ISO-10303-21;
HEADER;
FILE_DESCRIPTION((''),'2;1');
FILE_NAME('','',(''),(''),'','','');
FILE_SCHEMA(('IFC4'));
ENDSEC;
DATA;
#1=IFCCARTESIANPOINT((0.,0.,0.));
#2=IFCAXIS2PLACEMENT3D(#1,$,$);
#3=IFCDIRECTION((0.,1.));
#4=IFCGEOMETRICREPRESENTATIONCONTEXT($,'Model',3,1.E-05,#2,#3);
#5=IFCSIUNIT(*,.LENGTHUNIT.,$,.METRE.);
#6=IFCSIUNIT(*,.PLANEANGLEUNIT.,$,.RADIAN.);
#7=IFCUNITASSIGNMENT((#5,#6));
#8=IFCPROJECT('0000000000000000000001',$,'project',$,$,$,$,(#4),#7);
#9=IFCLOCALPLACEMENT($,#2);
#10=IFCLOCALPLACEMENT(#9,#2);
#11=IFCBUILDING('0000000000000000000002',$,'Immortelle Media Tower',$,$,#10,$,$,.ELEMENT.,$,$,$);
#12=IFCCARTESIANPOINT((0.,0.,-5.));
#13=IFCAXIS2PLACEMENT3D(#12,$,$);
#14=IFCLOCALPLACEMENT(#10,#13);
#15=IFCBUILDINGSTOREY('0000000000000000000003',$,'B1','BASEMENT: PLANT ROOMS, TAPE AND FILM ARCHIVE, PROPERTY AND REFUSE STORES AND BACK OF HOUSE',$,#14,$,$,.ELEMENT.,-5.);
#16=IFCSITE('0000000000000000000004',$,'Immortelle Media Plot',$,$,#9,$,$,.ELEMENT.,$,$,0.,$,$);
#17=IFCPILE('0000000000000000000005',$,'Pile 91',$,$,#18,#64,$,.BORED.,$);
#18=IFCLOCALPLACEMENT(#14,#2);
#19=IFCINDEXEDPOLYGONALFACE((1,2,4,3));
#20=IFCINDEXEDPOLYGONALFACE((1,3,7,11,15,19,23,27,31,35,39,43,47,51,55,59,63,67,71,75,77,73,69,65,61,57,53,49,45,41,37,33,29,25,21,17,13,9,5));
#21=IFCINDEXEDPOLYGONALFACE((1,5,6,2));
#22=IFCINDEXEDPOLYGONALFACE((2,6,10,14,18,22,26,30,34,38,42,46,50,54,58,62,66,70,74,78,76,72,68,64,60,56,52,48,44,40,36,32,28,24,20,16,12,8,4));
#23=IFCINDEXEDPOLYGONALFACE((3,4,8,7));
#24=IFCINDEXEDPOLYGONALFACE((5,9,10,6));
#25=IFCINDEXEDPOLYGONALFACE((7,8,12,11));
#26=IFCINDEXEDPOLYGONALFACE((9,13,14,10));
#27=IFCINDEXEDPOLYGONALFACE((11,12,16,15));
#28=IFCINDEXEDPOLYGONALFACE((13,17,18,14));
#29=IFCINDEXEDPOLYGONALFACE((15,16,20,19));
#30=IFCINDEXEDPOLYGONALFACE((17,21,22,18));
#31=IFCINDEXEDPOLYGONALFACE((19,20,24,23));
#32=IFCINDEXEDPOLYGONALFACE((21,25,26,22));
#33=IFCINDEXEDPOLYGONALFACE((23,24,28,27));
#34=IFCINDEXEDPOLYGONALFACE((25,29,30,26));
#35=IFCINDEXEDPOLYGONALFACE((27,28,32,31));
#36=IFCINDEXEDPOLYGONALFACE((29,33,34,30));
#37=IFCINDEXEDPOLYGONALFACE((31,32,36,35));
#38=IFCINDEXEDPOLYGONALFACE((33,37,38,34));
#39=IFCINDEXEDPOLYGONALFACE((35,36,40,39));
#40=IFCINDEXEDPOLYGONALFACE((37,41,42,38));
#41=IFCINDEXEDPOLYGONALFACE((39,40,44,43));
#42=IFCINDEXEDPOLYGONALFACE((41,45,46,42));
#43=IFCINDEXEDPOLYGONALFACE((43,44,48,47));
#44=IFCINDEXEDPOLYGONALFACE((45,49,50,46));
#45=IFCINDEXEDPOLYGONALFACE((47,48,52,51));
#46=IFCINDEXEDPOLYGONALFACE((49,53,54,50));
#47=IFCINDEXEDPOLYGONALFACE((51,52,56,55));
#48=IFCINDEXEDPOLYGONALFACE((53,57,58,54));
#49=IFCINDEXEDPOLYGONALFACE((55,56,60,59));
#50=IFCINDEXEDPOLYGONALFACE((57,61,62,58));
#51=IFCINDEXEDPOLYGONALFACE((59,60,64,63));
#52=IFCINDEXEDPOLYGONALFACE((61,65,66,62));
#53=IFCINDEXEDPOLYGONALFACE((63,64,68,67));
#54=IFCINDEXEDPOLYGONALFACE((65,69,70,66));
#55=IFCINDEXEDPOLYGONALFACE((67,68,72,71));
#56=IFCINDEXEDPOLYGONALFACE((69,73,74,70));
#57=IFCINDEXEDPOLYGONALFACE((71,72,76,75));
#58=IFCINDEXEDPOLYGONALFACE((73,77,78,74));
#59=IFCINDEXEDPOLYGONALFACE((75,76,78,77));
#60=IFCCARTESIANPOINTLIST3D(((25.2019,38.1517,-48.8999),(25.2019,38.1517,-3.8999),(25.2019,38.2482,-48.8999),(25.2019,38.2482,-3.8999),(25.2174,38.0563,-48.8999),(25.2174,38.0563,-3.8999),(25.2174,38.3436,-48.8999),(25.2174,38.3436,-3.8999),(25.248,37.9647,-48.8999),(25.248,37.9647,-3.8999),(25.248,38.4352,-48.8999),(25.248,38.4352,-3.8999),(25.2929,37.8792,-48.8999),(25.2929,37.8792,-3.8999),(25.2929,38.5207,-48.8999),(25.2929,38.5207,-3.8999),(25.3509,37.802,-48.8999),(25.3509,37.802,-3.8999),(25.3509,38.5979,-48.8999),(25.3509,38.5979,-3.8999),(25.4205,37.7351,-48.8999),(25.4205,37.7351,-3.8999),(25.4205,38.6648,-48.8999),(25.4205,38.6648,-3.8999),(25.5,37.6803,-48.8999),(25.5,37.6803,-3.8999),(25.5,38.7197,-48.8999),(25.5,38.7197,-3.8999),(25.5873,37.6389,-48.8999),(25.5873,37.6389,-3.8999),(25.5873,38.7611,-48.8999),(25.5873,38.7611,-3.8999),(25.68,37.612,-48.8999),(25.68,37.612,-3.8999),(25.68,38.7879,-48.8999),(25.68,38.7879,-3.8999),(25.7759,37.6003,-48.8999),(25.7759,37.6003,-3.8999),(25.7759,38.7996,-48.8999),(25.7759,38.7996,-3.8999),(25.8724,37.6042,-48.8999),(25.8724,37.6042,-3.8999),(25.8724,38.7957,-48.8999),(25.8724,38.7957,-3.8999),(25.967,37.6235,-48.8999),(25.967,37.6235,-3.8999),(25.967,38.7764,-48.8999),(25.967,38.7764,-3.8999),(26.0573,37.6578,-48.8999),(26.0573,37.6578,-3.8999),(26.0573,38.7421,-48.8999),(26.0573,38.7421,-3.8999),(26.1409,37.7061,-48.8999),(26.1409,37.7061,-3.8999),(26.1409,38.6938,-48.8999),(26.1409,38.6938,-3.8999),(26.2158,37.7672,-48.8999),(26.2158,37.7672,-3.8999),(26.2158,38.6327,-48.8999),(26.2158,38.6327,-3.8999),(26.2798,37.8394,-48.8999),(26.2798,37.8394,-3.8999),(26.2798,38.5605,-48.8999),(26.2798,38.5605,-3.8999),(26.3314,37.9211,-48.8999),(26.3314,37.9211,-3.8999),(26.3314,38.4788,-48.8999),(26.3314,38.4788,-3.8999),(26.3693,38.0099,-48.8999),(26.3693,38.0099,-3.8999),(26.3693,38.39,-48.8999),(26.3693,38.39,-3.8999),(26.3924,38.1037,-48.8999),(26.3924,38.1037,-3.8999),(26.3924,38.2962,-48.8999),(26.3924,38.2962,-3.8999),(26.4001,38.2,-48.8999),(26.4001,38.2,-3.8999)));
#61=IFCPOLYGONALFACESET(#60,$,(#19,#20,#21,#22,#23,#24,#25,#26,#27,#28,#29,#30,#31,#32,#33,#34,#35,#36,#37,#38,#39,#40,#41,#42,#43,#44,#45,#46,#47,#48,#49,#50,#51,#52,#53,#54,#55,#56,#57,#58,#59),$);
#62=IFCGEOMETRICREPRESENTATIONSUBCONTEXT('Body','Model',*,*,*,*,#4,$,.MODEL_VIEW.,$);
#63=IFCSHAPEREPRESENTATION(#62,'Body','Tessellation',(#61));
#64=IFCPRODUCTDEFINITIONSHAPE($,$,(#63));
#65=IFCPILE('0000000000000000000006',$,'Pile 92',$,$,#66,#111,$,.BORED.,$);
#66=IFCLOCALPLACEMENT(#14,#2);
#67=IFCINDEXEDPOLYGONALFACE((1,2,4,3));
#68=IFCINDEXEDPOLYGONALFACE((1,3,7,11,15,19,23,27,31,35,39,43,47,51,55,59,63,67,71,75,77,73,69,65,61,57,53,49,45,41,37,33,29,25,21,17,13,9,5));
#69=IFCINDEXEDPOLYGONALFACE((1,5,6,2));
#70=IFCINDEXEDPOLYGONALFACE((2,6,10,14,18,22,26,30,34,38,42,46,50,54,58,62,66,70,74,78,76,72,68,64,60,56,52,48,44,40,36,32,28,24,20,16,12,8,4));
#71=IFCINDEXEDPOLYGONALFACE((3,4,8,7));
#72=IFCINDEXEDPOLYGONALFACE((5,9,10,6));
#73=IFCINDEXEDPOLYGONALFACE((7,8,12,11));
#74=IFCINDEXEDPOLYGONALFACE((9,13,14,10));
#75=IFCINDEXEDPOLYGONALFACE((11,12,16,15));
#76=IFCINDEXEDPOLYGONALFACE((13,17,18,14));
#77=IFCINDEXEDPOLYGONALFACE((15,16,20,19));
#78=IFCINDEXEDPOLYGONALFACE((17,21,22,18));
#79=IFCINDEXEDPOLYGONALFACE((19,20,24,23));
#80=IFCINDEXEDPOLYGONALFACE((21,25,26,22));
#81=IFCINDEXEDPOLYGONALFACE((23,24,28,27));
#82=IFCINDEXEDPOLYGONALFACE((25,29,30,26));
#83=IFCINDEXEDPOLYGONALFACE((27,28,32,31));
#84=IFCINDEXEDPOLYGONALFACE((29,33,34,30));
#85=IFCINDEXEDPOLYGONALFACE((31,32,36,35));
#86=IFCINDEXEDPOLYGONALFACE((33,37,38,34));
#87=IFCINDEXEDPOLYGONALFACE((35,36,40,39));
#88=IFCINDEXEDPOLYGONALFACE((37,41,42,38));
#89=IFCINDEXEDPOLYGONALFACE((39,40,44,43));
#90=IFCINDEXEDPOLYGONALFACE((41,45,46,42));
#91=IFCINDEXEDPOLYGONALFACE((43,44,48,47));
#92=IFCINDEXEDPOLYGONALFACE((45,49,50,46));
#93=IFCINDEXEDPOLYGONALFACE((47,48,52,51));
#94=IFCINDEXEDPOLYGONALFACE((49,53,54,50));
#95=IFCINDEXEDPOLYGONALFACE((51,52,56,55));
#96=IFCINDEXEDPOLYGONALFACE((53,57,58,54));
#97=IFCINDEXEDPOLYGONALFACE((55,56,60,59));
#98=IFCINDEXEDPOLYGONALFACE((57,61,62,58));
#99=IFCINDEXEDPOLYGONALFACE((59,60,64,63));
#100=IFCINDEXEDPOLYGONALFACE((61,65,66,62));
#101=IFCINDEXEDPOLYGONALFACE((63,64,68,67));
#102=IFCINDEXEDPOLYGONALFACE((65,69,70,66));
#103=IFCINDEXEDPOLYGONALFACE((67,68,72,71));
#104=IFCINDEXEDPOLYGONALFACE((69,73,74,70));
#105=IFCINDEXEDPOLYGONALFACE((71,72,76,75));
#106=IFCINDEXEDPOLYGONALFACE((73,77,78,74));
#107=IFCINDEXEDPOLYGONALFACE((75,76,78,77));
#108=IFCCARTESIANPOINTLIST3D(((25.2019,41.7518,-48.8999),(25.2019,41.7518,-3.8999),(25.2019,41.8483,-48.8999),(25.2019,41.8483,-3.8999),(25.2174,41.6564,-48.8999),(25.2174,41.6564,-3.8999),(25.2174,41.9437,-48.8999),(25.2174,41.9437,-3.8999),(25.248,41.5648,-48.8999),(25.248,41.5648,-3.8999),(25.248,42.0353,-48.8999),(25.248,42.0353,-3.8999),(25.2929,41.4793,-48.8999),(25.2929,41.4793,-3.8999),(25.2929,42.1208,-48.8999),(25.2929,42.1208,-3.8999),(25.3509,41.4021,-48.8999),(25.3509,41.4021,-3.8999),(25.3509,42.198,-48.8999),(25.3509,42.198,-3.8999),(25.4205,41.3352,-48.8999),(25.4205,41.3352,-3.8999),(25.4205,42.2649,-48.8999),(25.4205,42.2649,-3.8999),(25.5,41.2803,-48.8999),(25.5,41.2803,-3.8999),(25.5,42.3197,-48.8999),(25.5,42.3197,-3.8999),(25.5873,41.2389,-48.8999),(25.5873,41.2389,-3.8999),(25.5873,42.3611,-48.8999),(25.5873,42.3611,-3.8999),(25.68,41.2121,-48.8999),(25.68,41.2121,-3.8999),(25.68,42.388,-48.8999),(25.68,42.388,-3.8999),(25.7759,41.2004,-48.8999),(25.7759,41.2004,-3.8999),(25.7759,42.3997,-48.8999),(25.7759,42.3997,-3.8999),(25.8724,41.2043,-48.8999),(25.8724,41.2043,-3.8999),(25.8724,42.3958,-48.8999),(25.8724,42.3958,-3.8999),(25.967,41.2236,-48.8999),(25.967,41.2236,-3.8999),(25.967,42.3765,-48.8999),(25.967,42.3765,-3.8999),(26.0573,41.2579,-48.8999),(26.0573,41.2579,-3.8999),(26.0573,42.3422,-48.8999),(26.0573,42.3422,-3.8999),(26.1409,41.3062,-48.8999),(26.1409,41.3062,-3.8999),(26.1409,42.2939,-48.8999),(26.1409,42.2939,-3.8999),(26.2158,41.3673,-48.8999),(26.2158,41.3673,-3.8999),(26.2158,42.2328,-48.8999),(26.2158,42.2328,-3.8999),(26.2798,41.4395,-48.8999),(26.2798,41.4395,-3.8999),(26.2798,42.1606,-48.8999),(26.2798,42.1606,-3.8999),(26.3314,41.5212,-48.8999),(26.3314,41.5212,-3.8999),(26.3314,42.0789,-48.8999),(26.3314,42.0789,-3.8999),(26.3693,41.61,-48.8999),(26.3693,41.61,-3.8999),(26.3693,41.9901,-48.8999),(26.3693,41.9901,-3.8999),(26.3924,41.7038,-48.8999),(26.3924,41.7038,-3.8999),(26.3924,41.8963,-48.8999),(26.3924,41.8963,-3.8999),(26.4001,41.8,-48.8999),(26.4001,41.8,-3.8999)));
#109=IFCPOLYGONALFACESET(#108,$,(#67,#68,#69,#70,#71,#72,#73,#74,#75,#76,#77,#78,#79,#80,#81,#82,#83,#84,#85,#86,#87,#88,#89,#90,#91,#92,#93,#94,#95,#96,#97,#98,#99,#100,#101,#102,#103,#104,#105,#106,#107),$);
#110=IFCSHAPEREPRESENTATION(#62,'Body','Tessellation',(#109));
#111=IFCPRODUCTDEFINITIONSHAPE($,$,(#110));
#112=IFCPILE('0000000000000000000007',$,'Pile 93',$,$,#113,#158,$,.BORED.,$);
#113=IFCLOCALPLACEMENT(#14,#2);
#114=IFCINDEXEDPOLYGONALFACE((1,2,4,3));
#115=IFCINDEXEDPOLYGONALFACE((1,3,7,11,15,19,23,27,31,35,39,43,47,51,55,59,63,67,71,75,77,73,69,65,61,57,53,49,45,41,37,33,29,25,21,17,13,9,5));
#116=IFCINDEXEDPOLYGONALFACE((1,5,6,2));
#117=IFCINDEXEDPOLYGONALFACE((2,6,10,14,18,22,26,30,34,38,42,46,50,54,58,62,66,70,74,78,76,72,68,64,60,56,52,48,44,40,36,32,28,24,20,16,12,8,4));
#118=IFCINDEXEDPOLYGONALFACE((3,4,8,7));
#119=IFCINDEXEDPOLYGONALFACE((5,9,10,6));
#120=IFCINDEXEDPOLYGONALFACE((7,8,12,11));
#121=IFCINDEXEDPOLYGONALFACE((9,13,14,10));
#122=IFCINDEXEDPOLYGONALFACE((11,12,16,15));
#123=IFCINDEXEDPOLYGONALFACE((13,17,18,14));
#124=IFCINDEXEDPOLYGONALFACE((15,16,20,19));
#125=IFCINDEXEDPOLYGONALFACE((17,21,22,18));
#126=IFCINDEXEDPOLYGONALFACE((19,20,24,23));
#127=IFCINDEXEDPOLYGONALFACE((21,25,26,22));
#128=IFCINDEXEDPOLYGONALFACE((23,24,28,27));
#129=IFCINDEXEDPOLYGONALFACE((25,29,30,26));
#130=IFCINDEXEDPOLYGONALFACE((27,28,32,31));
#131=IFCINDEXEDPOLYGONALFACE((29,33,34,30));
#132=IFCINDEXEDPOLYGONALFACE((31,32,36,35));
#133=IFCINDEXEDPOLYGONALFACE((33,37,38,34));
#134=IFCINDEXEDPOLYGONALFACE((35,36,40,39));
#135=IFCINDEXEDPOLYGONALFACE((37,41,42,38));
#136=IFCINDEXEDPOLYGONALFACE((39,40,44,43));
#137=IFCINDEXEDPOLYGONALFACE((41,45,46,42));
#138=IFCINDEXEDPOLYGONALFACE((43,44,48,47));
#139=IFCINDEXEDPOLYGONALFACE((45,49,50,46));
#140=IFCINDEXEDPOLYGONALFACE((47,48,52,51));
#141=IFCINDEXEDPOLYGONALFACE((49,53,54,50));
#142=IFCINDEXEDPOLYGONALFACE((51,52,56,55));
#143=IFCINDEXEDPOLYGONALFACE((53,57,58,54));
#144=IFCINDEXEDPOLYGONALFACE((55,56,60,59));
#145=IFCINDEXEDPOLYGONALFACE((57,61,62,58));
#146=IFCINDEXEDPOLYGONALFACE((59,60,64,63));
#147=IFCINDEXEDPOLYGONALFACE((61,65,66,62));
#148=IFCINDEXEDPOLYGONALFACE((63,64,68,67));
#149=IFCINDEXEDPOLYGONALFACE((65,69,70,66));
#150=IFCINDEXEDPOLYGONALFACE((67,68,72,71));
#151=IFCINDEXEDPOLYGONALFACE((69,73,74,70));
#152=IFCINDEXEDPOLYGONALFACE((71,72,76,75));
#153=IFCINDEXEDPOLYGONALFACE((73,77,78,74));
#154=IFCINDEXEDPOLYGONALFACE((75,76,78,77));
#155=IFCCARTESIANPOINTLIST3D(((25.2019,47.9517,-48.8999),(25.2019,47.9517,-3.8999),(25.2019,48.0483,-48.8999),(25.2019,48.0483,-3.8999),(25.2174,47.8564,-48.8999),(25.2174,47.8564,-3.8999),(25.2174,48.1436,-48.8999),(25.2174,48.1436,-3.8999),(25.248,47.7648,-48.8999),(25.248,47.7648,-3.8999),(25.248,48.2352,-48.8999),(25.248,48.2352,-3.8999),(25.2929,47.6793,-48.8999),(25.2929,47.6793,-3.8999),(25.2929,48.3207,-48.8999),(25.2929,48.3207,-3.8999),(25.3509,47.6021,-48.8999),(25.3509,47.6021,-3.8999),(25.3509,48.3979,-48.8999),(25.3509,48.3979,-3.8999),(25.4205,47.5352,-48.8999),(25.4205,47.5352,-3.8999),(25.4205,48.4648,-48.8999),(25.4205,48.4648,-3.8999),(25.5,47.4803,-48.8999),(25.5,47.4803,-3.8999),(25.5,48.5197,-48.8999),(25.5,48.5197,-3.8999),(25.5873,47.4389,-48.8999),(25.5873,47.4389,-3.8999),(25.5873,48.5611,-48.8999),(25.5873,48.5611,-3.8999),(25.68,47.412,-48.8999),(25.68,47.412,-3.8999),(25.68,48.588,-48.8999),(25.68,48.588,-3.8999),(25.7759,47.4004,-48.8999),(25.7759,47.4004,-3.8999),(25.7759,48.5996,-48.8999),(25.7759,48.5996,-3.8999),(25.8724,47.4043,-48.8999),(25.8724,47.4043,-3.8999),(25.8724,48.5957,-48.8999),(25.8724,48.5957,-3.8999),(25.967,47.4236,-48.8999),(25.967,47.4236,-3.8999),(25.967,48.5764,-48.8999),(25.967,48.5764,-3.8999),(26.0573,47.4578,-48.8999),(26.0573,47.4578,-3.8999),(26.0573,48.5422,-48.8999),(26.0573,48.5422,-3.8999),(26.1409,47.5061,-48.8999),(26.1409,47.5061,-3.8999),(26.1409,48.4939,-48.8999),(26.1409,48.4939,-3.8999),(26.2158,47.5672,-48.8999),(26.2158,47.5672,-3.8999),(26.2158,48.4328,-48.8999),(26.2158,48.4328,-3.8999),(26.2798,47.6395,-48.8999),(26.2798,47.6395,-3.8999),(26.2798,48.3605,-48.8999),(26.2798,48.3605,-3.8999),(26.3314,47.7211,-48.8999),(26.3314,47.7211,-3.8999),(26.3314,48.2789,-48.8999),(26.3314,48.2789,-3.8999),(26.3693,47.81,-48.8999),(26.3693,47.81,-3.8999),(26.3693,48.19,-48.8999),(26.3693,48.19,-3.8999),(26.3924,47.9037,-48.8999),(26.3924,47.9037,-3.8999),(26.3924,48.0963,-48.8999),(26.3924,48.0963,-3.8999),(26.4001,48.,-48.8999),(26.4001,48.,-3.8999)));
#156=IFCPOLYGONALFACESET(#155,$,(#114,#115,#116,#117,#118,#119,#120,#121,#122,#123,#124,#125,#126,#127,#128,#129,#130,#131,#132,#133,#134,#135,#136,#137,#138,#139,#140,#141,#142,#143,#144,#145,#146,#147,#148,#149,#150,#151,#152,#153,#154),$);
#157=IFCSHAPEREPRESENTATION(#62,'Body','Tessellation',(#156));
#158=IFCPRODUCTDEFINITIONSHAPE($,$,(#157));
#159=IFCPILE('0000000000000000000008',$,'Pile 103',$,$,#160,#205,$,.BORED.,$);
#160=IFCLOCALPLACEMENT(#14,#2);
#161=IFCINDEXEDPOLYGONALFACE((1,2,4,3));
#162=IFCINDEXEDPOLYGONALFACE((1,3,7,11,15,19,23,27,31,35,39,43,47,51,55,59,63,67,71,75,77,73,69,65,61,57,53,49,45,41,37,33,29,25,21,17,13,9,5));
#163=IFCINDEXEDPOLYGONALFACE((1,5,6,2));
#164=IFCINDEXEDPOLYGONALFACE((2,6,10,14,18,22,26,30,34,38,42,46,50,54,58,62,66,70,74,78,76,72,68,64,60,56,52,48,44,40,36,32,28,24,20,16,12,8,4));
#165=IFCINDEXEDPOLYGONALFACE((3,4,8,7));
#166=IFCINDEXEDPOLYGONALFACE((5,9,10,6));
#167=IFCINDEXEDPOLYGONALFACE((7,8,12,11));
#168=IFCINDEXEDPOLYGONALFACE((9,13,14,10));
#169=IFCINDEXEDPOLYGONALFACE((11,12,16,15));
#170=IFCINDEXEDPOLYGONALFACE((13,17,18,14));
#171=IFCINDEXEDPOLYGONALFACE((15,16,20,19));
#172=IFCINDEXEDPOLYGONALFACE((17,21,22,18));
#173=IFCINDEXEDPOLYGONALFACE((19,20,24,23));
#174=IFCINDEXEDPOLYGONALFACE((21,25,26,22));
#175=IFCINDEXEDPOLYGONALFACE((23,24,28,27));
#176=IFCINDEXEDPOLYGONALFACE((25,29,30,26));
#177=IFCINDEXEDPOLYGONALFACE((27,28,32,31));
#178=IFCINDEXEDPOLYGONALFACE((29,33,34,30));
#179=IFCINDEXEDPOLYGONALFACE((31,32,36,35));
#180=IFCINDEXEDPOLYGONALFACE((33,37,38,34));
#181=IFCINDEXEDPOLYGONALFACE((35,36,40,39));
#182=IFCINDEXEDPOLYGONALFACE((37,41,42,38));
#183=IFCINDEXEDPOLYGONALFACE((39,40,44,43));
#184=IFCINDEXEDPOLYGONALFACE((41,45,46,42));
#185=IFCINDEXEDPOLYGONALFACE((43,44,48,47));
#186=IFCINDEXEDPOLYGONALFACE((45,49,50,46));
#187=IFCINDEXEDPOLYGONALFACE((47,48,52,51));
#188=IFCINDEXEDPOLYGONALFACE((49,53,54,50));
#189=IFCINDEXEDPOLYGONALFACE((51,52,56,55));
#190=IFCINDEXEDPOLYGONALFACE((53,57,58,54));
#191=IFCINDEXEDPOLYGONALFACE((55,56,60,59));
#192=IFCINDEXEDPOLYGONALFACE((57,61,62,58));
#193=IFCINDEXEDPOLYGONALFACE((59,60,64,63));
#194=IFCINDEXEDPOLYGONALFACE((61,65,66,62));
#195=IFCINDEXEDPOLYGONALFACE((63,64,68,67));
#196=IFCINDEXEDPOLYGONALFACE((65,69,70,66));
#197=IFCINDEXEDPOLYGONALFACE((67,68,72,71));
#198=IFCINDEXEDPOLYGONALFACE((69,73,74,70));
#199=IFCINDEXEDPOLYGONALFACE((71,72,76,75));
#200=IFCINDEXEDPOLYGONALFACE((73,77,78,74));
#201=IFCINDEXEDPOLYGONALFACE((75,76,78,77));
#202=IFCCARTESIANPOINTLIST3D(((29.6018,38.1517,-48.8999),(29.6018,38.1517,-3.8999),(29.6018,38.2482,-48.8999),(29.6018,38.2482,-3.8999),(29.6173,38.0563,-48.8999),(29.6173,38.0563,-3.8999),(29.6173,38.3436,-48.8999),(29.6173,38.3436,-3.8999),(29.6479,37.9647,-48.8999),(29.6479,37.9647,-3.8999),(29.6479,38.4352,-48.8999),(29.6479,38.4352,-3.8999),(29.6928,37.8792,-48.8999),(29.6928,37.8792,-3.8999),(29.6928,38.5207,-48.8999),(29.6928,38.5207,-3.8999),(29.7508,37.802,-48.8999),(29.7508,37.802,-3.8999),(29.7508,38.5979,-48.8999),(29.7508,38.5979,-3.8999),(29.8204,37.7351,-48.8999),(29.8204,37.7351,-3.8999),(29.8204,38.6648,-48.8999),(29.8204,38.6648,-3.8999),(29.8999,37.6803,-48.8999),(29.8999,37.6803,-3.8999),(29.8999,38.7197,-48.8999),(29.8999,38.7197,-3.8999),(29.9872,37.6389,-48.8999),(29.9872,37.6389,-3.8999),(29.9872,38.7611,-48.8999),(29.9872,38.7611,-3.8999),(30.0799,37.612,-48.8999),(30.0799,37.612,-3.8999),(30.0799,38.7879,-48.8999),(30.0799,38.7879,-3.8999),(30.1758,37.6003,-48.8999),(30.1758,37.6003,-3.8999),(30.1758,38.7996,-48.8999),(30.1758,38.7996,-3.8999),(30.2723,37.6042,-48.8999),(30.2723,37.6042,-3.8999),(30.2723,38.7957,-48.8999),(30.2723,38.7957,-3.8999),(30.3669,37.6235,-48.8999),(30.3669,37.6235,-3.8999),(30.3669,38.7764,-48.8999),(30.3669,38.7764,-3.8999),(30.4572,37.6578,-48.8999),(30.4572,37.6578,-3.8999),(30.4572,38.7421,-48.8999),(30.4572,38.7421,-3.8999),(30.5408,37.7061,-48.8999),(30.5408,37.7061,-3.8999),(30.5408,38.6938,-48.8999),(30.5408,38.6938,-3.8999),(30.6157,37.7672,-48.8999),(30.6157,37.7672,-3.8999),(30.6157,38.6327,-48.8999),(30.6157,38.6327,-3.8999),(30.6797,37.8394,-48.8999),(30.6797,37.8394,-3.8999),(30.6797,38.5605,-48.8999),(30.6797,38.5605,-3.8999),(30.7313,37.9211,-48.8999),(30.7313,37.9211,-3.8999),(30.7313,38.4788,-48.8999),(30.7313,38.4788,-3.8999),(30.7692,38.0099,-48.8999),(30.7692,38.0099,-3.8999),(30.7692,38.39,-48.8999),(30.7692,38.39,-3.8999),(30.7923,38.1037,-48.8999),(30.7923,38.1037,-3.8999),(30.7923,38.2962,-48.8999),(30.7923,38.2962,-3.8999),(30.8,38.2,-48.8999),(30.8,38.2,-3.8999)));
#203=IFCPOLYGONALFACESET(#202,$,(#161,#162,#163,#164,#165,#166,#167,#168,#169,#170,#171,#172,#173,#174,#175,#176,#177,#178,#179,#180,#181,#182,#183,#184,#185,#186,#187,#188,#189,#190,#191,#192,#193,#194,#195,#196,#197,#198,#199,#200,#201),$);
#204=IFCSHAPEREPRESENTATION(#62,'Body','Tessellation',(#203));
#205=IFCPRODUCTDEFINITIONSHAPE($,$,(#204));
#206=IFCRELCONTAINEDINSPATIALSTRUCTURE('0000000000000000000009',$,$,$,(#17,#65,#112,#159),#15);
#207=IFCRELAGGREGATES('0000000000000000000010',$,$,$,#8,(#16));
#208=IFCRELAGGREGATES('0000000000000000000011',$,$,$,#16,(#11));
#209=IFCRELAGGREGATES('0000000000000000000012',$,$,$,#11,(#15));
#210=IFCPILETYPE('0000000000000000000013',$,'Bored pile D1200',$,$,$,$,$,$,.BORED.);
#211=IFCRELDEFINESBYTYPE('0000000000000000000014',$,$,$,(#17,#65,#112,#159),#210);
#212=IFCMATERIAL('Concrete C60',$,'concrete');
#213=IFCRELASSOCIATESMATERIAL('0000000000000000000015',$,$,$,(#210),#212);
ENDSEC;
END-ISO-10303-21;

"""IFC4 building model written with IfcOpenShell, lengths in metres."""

from ifc_helpers import new_model, si_unit, direction, frame, origin, origin_2d, place, context, subcontext, project, spatial, circle, extrude, material, material_profile, profile_set, type_object, element, save


model = new_model("IFC4")

# Units and contexts
model_context = context("Model", 3, precision=1e-05, world=origin(), true_north=direction((0.0, 1.0)))
body_context = subcontext(model_context, "Body", "Model", "MODEL_VIEW")
ifc_project = project(units=[si_unit("LENGTHUNIT", "METRE"), si_unit("PLANEANGLEUNIT", "RADIAN")], contexts=[model_context])

# Site, building, storey
site_placement = place(None, origin())
site = spatial("IfcSite", under=ifc_project, at=site_placement, Name="Immortelle Media Plot", CompositionType="ELEMENT", RefElevation=0.0)
building_placement = place(site_placement, origin())
building = spatial("IfcBuilding", under=site, at=building_placement, Name="Immortelle Media Tower", CompositionType="ELEMENT")
storey_placement = place(building_placement, frame((0.0, 0.0, -5.0)))
storey = spatial("IfcBuildingStorey", under=building, at=storey_placement, Name="B1", Description="BASEMENT: PLANT ROOMS, TAPE AND FILM ARCHIVE, PROPERTY AND REFUSE STORES AND BACK OF HOUSE", CompositionType="ELEMENT", Elevation=-5.0)

# Piles
ifc_material_1 = material(Name="Concrete C60", Category="concrete")
ifc_material_profile_1 = material_profile(ifc_material_1, circle(Radius=0.6001, at=origin_2d()), Name="Bored pile D1200")
ifc_profile_set_1 = profile_set([ifc_material_profile_1], Name="Concrete C60")
pile_type = type_object("IfcPileType", Name="Bored pile D1200", PredefinedType="BORED", material=ifc_profile_set_1)
for number, where, z_axis, x_axis, name in (
    (1, (25.8, 38.2, -3.8999), (0.0, 0.0, -1.0), (1.0, 0.0, 0.0), "Pile 91"),
    (2, (25.8, 41.8, -3.8999), (0.0, 0.0, -1.0), (1.0, 0.0, 0.0), "Pile 92"),
    (3, (25.8, 48.0, -3.8999), (0.0, 0.0, -1.0), (1.0, 0.0, 0.0), "Pile 93"),
    (4, (30.2, 38.2, -3.8999), (0.0, 0.0, -1.0), (1.0, 0.0, 0.0), "Pile 103"),
):
    element("IfcPile", number, at=place(storey_placement, frame(where, z_axis=z_axis, x_axis=x_axis)), inside=storey, type_object=pile_type, Name=name, PredefinedType="BORED", context=body_context, shape_type="SweptSolid", body=[
        extrude(circle(Radius=0.6001, at=origin_2d()), origin(), (0.0, 0.0, 1.0), 45.0),
    ])

save(model, "model.ifc")
